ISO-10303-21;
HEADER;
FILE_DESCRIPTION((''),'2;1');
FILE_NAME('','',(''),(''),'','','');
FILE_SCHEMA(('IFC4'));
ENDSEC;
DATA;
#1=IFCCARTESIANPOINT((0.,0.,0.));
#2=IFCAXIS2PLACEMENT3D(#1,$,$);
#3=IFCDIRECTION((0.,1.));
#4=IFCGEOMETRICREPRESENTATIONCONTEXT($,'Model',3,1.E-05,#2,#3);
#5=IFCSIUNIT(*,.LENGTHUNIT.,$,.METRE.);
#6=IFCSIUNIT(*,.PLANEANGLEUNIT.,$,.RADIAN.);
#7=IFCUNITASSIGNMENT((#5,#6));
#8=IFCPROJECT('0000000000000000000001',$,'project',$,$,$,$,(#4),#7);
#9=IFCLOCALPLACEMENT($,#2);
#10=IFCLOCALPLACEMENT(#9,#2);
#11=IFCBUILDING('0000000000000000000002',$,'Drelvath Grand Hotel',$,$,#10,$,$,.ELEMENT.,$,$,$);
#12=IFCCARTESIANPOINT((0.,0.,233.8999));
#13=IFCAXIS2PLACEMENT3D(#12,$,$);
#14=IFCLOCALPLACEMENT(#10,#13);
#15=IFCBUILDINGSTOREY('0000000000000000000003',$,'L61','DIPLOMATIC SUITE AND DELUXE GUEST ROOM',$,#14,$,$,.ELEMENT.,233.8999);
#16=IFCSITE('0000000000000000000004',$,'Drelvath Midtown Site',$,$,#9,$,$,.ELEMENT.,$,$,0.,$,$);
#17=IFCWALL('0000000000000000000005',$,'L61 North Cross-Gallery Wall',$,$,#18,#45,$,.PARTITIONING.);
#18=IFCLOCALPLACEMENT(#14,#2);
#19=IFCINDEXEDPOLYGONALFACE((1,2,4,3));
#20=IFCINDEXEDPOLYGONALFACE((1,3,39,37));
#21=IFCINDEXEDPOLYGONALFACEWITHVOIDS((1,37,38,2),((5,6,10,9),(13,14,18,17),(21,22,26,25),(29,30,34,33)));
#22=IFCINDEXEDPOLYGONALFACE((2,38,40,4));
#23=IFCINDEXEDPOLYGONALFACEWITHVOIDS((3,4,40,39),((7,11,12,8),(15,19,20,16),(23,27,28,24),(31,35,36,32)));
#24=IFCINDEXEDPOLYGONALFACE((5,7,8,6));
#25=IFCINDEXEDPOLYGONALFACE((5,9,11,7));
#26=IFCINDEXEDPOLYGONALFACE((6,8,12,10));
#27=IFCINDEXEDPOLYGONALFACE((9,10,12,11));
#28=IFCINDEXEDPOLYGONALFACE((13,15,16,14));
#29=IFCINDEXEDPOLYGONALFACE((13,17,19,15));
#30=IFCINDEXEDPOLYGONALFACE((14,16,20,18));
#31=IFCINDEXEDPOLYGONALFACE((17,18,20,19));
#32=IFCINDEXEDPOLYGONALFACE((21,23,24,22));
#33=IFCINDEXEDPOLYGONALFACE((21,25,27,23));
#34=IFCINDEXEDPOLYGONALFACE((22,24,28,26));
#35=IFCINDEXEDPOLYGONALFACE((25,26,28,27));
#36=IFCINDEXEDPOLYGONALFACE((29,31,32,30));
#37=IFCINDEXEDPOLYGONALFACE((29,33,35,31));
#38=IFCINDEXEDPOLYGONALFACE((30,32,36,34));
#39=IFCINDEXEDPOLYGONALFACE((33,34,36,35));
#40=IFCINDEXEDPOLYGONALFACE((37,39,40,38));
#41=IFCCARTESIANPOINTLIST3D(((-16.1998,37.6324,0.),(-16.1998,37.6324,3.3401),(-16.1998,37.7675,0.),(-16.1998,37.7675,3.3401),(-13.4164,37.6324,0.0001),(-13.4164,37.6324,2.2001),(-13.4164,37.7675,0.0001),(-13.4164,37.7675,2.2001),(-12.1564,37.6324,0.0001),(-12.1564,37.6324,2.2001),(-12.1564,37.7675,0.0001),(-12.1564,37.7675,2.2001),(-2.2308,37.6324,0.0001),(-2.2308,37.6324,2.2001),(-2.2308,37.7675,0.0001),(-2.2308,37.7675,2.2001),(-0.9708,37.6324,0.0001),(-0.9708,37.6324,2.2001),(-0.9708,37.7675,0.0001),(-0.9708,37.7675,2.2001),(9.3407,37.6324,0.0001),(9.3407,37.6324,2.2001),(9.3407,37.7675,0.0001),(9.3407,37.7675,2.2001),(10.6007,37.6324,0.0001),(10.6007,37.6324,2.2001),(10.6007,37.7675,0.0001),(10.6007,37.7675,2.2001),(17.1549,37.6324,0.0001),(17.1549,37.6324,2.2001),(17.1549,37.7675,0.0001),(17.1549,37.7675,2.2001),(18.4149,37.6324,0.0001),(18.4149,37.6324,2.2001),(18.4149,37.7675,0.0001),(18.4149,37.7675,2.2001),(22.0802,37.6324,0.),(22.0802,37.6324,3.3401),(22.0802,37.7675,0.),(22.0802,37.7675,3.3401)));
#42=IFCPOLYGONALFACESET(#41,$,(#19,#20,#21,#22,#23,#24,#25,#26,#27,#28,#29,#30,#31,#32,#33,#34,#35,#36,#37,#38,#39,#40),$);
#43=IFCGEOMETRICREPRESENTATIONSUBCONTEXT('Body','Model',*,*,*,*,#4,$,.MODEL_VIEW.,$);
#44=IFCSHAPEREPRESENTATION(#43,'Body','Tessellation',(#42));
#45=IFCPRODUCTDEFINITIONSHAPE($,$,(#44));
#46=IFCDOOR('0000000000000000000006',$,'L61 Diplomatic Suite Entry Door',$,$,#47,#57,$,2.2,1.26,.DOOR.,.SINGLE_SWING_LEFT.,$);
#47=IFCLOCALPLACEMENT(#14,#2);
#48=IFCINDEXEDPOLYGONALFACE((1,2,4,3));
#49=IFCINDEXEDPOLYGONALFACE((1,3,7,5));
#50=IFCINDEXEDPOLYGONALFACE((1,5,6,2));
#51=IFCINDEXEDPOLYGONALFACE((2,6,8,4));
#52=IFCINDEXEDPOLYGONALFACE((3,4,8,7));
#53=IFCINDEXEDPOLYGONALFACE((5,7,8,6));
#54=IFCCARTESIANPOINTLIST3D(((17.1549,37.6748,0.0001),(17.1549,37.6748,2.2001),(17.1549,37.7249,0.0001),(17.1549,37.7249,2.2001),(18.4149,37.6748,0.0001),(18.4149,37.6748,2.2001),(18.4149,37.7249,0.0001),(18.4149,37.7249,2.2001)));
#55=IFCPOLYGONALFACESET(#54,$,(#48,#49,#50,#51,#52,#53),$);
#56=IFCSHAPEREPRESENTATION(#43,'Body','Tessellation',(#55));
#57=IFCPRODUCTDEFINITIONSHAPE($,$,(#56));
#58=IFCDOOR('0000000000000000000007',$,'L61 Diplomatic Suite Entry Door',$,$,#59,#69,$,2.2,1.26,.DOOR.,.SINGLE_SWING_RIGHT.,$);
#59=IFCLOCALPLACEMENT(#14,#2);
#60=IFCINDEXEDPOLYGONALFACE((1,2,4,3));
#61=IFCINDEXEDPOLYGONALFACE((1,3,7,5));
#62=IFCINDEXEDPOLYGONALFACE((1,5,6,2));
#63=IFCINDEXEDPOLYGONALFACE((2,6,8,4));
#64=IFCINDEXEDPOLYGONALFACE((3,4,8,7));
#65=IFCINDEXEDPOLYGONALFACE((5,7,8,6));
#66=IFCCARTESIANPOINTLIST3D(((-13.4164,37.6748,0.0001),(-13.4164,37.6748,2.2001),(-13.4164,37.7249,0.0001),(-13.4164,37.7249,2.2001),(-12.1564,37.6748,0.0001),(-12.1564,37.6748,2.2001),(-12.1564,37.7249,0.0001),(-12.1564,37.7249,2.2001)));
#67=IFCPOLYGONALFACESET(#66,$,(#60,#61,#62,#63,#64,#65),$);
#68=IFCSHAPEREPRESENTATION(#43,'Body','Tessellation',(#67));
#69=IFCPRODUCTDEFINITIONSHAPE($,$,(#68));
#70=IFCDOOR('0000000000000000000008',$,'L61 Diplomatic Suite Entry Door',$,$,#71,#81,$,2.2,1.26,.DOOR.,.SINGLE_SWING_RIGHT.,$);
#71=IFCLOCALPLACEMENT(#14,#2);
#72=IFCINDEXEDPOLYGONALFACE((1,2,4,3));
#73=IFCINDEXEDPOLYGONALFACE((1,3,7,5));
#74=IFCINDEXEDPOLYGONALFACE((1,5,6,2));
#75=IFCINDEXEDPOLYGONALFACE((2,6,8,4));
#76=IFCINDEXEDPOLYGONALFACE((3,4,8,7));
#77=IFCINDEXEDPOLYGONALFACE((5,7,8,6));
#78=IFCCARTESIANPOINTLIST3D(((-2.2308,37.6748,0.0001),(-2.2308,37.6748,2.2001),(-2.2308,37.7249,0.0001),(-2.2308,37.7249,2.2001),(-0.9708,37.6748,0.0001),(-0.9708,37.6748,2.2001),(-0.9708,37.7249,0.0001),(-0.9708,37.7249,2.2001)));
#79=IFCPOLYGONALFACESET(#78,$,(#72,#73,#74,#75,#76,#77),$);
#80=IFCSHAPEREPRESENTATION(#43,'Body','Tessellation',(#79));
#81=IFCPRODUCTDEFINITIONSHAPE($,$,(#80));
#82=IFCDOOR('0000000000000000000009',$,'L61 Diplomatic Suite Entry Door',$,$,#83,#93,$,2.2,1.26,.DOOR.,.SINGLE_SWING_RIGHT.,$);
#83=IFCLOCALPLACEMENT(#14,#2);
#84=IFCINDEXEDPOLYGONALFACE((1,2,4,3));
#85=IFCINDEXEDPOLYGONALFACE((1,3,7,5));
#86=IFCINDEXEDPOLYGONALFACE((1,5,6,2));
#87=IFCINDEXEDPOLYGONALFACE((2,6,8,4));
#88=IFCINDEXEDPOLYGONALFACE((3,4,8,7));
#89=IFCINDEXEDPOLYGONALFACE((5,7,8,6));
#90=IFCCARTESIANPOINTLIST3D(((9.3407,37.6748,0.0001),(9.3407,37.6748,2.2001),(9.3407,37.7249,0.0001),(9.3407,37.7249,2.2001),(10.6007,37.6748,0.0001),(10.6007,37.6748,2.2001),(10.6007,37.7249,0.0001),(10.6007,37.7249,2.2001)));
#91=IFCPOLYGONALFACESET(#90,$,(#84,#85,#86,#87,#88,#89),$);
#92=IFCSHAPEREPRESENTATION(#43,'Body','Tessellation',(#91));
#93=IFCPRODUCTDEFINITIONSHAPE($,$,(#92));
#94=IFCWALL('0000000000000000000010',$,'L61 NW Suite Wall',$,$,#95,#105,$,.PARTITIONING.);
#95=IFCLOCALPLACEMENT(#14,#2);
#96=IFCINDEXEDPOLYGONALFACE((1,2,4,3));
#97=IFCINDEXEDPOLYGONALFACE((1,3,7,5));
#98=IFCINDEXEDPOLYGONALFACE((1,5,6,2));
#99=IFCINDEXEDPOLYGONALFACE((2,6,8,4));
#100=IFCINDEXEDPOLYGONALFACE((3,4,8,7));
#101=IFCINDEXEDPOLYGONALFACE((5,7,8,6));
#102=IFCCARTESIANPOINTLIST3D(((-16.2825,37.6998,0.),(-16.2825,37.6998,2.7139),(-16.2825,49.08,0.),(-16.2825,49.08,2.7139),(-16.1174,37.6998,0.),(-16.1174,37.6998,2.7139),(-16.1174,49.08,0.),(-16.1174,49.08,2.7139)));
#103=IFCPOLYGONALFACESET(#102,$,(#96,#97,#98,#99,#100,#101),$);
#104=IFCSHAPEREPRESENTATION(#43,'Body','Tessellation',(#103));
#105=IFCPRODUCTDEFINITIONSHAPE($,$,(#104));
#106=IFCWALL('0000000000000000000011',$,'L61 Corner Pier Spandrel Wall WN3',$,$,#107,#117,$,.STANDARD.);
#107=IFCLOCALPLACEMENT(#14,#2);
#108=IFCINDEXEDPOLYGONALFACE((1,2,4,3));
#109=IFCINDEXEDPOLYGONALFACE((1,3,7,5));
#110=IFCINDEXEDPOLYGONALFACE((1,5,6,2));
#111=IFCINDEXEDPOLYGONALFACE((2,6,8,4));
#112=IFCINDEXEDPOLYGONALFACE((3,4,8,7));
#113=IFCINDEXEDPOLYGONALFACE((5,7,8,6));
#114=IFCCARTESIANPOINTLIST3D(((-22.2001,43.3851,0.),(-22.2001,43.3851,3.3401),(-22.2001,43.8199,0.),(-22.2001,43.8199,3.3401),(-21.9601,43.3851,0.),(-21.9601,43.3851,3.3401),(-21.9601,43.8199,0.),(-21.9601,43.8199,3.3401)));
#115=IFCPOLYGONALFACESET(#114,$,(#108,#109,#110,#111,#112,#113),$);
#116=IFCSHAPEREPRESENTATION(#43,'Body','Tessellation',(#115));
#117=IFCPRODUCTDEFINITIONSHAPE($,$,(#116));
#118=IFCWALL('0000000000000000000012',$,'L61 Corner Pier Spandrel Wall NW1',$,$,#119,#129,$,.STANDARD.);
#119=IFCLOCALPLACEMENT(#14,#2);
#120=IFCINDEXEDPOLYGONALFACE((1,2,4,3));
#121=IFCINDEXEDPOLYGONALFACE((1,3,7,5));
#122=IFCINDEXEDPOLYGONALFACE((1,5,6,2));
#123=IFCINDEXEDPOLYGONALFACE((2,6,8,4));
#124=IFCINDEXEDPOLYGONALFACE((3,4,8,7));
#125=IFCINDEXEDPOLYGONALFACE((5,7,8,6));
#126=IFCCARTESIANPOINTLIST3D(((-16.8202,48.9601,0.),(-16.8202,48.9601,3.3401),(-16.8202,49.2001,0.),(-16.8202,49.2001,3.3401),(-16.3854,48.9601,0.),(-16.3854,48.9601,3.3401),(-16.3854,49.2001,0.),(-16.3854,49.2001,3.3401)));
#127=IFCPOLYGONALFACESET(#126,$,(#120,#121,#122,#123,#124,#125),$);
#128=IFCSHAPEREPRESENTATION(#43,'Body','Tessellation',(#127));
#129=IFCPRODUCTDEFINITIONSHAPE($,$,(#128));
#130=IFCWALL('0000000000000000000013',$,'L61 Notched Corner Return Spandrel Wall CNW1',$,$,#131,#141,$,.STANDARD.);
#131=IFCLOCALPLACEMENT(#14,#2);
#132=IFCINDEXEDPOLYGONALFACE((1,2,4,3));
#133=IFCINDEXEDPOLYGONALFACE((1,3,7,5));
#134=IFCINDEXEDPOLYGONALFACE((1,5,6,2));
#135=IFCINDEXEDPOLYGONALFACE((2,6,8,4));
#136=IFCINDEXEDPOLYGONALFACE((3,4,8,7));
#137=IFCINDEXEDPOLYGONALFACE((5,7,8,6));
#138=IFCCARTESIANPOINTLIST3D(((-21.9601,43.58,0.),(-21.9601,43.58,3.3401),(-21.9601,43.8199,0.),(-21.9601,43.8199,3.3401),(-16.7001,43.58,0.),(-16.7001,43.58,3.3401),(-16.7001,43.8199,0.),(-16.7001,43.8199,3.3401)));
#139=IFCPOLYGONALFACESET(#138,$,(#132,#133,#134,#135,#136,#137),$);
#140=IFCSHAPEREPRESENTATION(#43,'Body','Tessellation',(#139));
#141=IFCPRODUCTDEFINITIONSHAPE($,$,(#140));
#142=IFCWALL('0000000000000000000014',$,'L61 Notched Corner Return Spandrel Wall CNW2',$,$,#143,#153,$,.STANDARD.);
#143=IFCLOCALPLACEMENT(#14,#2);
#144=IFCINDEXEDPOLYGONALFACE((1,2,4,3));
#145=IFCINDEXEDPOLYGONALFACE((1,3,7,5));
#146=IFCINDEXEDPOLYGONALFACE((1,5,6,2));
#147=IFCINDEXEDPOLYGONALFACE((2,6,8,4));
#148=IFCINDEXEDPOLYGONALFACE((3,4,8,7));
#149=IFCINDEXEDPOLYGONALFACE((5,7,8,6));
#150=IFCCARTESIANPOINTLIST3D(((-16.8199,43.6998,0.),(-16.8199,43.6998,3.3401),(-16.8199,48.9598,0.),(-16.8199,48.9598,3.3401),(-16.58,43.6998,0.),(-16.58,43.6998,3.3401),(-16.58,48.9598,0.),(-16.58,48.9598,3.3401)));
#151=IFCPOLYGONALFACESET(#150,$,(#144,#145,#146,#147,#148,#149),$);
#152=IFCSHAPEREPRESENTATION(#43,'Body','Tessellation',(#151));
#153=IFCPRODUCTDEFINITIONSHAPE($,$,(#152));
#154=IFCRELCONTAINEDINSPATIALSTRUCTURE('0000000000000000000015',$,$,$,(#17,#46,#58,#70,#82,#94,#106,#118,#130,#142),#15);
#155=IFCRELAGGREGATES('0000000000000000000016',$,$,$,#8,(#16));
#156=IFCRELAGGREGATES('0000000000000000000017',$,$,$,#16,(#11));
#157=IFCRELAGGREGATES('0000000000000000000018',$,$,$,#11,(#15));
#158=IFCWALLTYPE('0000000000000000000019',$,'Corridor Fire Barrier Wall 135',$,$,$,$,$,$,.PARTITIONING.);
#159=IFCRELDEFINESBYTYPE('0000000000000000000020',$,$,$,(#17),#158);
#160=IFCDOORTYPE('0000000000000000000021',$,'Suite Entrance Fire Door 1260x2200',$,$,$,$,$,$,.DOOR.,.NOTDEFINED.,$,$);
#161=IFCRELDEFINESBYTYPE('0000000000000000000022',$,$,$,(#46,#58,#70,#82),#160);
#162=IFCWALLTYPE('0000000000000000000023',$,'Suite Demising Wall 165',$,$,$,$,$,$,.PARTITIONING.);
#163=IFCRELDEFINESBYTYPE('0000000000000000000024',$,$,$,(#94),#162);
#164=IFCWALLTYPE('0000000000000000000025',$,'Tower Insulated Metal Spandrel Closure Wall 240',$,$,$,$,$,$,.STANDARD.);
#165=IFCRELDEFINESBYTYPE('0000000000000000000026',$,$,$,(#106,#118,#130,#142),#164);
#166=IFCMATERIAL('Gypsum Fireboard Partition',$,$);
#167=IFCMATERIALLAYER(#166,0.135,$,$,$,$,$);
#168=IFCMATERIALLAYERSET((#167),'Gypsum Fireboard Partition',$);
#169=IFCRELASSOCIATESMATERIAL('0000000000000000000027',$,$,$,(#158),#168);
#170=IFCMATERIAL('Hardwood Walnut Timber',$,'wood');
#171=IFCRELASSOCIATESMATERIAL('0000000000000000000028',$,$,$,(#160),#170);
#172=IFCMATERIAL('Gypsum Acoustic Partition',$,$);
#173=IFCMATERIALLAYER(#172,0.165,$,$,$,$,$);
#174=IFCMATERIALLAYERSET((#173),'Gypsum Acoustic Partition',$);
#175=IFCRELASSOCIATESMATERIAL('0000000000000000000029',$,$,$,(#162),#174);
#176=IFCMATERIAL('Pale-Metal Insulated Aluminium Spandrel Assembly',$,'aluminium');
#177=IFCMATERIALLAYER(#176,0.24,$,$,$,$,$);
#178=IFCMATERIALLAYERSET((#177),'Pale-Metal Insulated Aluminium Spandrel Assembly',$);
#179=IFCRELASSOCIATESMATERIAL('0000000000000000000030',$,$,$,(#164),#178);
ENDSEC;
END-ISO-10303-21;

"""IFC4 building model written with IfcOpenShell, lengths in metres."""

from ifc_helpers import new_model, si_unit, direction, frame, frame_2d, origin, place, context, subcontext, project, spatial, rectangle, extrude, material, layer, layer_set, type_object, element, fill, save


model = new_model("IFC4")

# Units and contexts
model_context = context("Model", 3, precision=1e-05, world=origin(), true_north=direction((0.0, 1.0)))
body_context = subcontext(model_context, "Body", "Model", "MODEL_VIEW")
ifc_project = project(units=[si_unit("LENGTHUNIT", "METRE"), si_unit("PLANEANGLEUNIT", "RADIAN")], contexts=[model_context])

# Site, building, storey
site_placement = place(None, origin())
site = spatial("IfcSite", under=ifc_project, at=site_placement, Name="Drelvath Midtown Site", CompositionType="ELEMENT", RefElevation=0.0)
building_placement = place(site_placement, origin())
building = spatial("IfcBuilding", under=site, at=building_placement, Name="Drelvath Grand Hotel", CompositionType="ELEMENT")
storey_placement = place(building_placement, frame((0.0, 0.0, 233.8999)))
storey = spatial("IfcBuildingStorey", under=building, at=storey_placement, Name="L61", Description="DIPLOMATIC SUITE AND DELUXE GUEST ROOM", CompositionType="ELEMENT", Elevation=233.8999)

# Wall, openings, doors
ifc_material_1 = material(Name="Gypsum Fireboard Partition")
ifc_layer_1 = layer(ifc_material_1, 0.135)
ifc_layer_set_1 = layer_set([ifc_layer_1], Name="Gypsum Fireboard Partition")
wall_type_1 = type_object("IfcWallType", Name="Corridor Fire Barrier Wall 135", PredefinedType="PARTITIONING", material=ifc_layer_set_1)
wall_1_placement = place(storey_placement, frame((-16.2, 37.7, 0.0), z_axis=(0.0, 0.0, 1.0), x_axis=(1.0, 0.0, 0.0)))
wall_1 = element("IfcWall", 1, at=wall_1_placement, inside=storey, type_object=wall_type_1, Name="L61 North Cross-Gallery Wall", PredefinedType="PARTITIONING", context=body_context, shape_type="SweptSolid", body=[
    extrude(rectangle(XDim=38.28, YDim=0.135, at=frame_2d((19.1401, 0.0))), origin(), (0.0, 0.0, 1.0), 3.3401),
])
opening_1_placement = place(wall_1_placement, frame((33.355, 0.0, 0.0)))
opening_1 = element("IfcOpeningElement", 2, at=opening_1_placement, cuts=wall_1, PredefinedType="OPENING", context=body_context, shape_type="SweptSolid", body=[
    extrude(rectangle(XDim=1.26, YDim=2.2, at=frame_2d((0.6299, 1.1001))), frame((0.0, 0.0774, 0.0), z_axis=(0.0, -1.0, 0.0), x_axis=(1.0, 0.0, 0.0)), (0.0, 0.0, 1.0), 0.155),
])
opening_2_placement = place(wall_1_placement, frame((2.7837, 0.0, 0.0)))
opening_2 = element("IfcOpeningElement", 3, at=opening_2_placement, cuts=wall_1, PredefinedType="OPENING", context=body_context, shape_type="SweptSolid", body=[
    extrude(rectangle(XDim=1.26, YDim=2.2, at=frame_2d((0.6299, 1.1001))), frame((0.0, 0.0774, 0.0), z_axis=(0.0, -1.0, 0.0), x_axis=(1.0, 0.0, 0.0)), (0.0, 0.0, 1.0), 0.155),
])
opening_3_placement = place(wall_1_placement, frame((13.9692, 0.0, 0.0)))
opening_3 = element("IfcOpeningElement", 4, at=opening_3_placement, cuts=wall_1, PredefinedType="OPENING", context=body_context, shape_type="SweptSolid", body=[
    extrude(rectangle(XDim=1.26, YDim=2.2, at=frame_2d((0.6299, 1.1001))), frame((0.0, 0.0774, 0.0), z_axis=(0.0, -1.0, 0.0), x_axis=(1.0, 0.0, 0.0)), (0.0, 0.0, 1.0), 0.155),
])
opening_4_placement = place(wall_1_placement, frame((25.5408, 0.0, 0.0)))
opening_4 = element("IfcOpeningElement", 5, at=opening_4_placement, cuts=wall_1, PredefinedType="OPENING", context=body_context, shape_type="SweptSolid", body=[
    extrude(rectangle(XDim=1.26, YDim=2.2, at=frame_2d((0.6299, 1.1001))), frame((0.0, 0.0774, 0.0), z_axis=(0.0, -1.0, 0.0), x_axis=(1.0, 0.0, 0.0)), (0.0, 0.0, 1.0), 0.155),
])
ifc_material_2 = material(Name="Hardwood Walnut Timber", Category="wood")
door_type = type_object("IfcDoorType", Name="Suite Entrance Fire Door 1260x2200", OperationType="NOTDEFINED", PredefinedType="DOOR", material=ifc_material_2)
door_1_placement = place(opening_1_placement, origin())
door_1 = element("IfcDoor", 6, at=door_1_placement, inside=storey, type_object=door_type, Name="L61 Diplomatic Suite Entry Door", OperationType="SINGLE_SWING_LEFT", OverallHeight=2.2, OverallWidth=1.26, PredefinedType="DOOR", context=body_context, shape_type="SweptSolid", body=[
    extrude(rectangle(XDim=1.26, YDim=2.2, at=frame_2d((0.6299, 1.1001))), frame((0.0, 0.0249, 0.0), z_axis=(0.0, -1.0, 0.0), x_axis=(1.0, 0.0, 0.0)), (0.0, 0.0, 1.0), 0.05),
])
fill(opening_1, door_1)
door_2_placement = place(opening_2_placement, origin())
door_2 = element("IfcDoor", 7, at=door_2_placement, inside=storey, type_object=door_type, Name="L61 Diplomatic Suite Entry Door", OperationType="SINGLE_SWING_RIGHT", OverallHeight=2.2, OverallWidth=1.26, PredefinedType="DOOR", context=body_context, shape_type="SweptSolid", body=[
    extrude(rectangle(XDim=1.26, YDim=2.2, at=frame_2d((0.6299, 1.1001))), frame((0.0, 0.0249, 0.0), z_axis=(0.0, -1.0, 0.0), x_axis=(1.0, 0.0, 0.0)), (0.0, 0.0, 1.0), 0.05),
])
fill(opening_2, door_2)
door_3_placement = place(opening_3_placement, origin())
door_3 = element("IfcDoor", 8, at=door_3_placement, inside=storey, type_object=door_type, Name="L61 Diplomatic Suite Entry Door", OperationType="SINGLE_SWING_RIGHT", OverallHeight=2.2, OverallWidth=1.26, PredefinedType="DOOR", context=body_context, shape_type="SweptSolid", body=[
    extrude(rectangle(XDim=1.26, YDim=2.2, at=frame_2d((0.6299, 1.1001))), frame((0.0, 0.0249, 0.0), z_axis=(0.0, -1.0, 0.0), x_axis=(1.0, 0.0, 0.0)), (0.0, 0.0, 1.0), 0.05),
])
fill(opening_3, door_3)
door_4_placement = place(opening_4_placement, origin())
door_4 = element("IfcDoor", 9, at=door_4_placement, inside=storey, type_object=door_type, Name="L61 Diplomatic Suite Entry Door", OperationType="SINGLE_SWING_RIGHT", OverallHeight=2.2, OverallWidth=1.26, PredefinedType="DOOR", context=body_context, shape_type="SweptSolid", body=[
    extrude(rectangle(XDim=1.26, YDim=2.2, at=frame_2d((0.6299, 1.1001))), frame((0.0, 0.0249, 0.0), z_axis=(0.0, -1.0, 0.0), x_axis=(1.0, 0.0, 0.0)), (0.0, 0.0, 1.0), 0.05),
])
fill(opening_4, door_4)

# Walls
ifc_material_3 = material(Name="Gypsum Acoustic Partition")
ifc_layer_2 = layer(ifc_material_3, 0.165)
ifc_layer_set_2 = layer_set([ifc_layer_2], Name="Gypsum Acoustic Partition")
wall_type_2 = type_object("IfcWallType", Name="Suite Demising Wall 165", PredefinedType="PARTITIONING", material=ifc_layer_set_2)
wall_2_placement = place(storey_placement, frame((-16.2, 37.7, 0.0), z_axis=(0.0, 0.0, 1.0), x_axis=(0.0, 1.0, 0.0)))
element("IfcWall", 10, at=wall_2_placement, inside=storey, type_object=wall_type_2, Name="L61 NW Suite Wall", PredefinedType="PARTITIONING", context=body_context, shape_type="SweptSolid", body=[
    extrude(rectangle(XDim=11.3801, YDim=0.165, at=frame_2d((5.6899, 0.0))), origin(), (0.0, 0.0, 1.0), 2.7139),
])
ifc_material_4 = material(Name="Pale-Metal Insulated Aluminium Spandrel Assembly", Category="aluminium")
ifc_layer_3 = layer(ifc_material_4, 0.24)
ifc_layer_set_3 = layer_set([ifc_layer_3], Name="Pale-Metal Insulated Aluminium Spandrel Assembly")
wall_type_3 = type_object("IfcWallType", Name="Tower Insulated Metal Spandrel Closure Wall 240", PredefinedType="STANDARD", material=ifc_layer_set_3)
for number, where, z_axis, x_axis, name in (
    (11, (-22.0801, 43.3853, 0.0), (0.0, 0.0, 1.0), (0.0, 1.0, 0.0), "L61 Corner Pier Spandrel Wall WN3"),
    (12, (-16.8201, 49.0801, 0.0), (0.0, 0.0, 1.0), (1.0, 0.0, 0.0), "L61 Corner Pier Spandrel Wall NW1"),
):
    element("IfcWall", number, at=place(storey_placement, frame(where, z_axis=z_axis, x_axis=x_axis)), inside=storey, type_object=wall_type_3, Name=name, PredefinedType="STANDARD", context=body_context, shape_type="SweptSolid", body=[
        extrude(rectangle(XDim=0.4348, YDim=0.24, at=frame_2d((0.2173, 0.0))), origin(), (0.0, 0.0, 1.0), 3.3401),
    ])
for number, where, z_axis, x_axis, name in (
    (13, (-21.96, 43.7, 0.0), (0.0, 0.0, 1.0), (1.0, 0.0, 0.0), "L61 Notched Corner Return Spandrel Wall CNW1"),
    (14, (-16.7, 43.7, 0.0), (0.0, 0.0, 1.0), (0.0, 1.0, 0.0), "L61 Notched Corner Return Spandrel Wall CNW2"),
):
    element("IfcWall", number, at=place(storey_placement, frame(where, z_axis=z_axis, x_axis=x_axis)), inside=storey, type_object=wall_type_3, Name=name, PredefinedType="STANDARD", context=body_context, shape_type="SweptSolid", body=[
        extrude(rectangle(XDim=5.26, YDim=0.24, at=frame_2d((2.6299, 0.0))), origin(), (0.0, 0.0, 1.0), 3.3401),
    ])

save(model, "model.ifc")
